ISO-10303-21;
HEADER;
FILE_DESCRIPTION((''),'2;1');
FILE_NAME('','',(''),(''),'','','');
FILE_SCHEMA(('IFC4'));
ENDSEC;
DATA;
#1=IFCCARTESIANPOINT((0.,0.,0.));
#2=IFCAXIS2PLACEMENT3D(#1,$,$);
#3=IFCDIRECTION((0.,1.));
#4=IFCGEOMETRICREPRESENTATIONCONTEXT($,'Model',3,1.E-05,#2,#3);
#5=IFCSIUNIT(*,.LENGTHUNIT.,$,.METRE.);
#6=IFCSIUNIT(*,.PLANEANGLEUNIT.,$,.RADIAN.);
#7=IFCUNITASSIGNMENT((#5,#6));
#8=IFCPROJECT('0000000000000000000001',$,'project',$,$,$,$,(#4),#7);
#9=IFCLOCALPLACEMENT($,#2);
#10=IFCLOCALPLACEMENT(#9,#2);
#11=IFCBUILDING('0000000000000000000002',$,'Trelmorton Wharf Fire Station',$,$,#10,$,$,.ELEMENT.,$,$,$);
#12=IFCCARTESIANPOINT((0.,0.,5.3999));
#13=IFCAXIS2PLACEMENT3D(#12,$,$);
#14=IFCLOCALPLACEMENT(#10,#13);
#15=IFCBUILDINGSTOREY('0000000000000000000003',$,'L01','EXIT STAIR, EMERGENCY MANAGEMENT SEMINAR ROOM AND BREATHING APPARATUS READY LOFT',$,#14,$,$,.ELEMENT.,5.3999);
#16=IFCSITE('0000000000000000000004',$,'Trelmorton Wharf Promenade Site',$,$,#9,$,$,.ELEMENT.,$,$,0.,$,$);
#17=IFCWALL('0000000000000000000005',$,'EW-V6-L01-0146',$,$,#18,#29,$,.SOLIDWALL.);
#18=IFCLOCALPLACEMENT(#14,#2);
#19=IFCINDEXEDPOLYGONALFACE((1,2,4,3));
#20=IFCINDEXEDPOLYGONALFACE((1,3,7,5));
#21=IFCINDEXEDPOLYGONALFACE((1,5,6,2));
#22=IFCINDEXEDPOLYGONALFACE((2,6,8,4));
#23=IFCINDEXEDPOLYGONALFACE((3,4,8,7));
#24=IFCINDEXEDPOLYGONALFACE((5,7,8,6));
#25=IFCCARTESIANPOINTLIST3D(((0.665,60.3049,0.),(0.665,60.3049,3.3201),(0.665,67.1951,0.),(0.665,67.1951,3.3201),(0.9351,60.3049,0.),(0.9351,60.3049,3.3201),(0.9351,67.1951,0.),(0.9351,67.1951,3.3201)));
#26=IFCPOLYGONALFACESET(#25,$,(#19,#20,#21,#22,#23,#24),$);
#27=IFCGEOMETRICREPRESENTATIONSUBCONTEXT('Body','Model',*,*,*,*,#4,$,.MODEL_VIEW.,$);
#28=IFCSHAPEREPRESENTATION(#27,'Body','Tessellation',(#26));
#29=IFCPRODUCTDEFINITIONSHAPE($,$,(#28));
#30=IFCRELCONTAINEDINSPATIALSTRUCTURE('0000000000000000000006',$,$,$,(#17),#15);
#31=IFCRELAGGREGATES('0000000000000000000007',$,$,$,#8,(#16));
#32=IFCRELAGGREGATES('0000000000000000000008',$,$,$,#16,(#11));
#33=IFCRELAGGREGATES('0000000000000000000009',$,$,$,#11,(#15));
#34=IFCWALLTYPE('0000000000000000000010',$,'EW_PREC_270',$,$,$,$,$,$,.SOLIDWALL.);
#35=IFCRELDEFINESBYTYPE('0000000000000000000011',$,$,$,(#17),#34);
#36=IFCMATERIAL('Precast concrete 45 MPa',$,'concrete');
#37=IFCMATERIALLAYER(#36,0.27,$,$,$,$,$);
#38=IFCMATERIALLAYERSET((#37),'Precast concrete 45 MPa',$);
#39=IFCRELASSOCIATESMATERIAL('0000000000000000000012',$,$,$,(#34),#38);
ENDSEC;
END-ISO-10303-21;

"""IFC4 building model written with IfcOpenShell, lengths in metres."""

from ifc_helpers import new_model, si_unit, direction, frame, frame_2d, origin, place, context, subcontext, project, spatial, rectangle, extrude, material, layer, layer_set, type_object, element, save


model = new_model("IFC4")

# Units and contexts
model_context = context("Model", 3, precision=1e-05, world=origin(), true_north=direction((0.0, 1.0)))
body_context = subcontext(model_context, "Body", "Model", "MODEL_VIEW")
ifc_project = project(units=[si_unit("LENGTHUNIT", "METRE"), si_unit("PLANEANGLEUNIT", "RADIAN")], contexts=[model_context])

# Site, building, storey
site_placement = place(None, origin())
site = spatial("IfcSite", under=ifc_project, at=site_placement, Name="Trelmorton Wharf Promenade Site", CompositionType="ELEMENT", RefElevation=0.0)
building_placement = place(site_placement, origin())
building = spatial("IfcBuilding", under=site, at=building_placement, Name="Trelmorton Wharf Fire Station", CompositionType="ELEMENT")
storey_placement = place(building_placement, frame((0.0, 0.0, 5.3999)))
storey = spatial("IfcBuildingStorey", under=building, at=storey_placement, Name="L01", Description="EXIT STAIR, EMERGENCY MANAGEMENT SEMINAR ROOM AND BREATHING APPARATUS READY LOFT", CompositionType="ELEMENT", Elevation=5.3999)

# Wall
ifc_material_1 = material(Name="Precast concrete 45 MPa", Category="concrete")
ifc_layer_1 = layer(ifc_material_1, 0.27)
ifc_layer_set_1 = layer_set([ifc_layer_1], Name="Precast concrete 45 MPa")
wall_type = type_object("IfcWallType", Name="EW_PREC_270", PredefinedType="SOLIDWALL", material=ifc_layer_set_1)
wall_placement = place(storey_placement, frame((0.8, 60.3049, 0.0), z_axis=(0.0, 0.0, 1.0), x_axis=(0.0, 1.0, 0.0)))
element("IfcWall", 1, at=wall_placement, inside=storey, type_object=wall_type, Name="EW-V6-L01-0146", PredefinedType="SOLIDWALL", context=body_context, shape_type="SweptSolid", body=[
    extrude(rectangle(XDim=6.8901, YDim=0.27, at=frame_2d((3.4451, 0.0))), origin(), (0.0, 0.0, 1.0), 3.3201),
])

save(model, "model.ifc")
